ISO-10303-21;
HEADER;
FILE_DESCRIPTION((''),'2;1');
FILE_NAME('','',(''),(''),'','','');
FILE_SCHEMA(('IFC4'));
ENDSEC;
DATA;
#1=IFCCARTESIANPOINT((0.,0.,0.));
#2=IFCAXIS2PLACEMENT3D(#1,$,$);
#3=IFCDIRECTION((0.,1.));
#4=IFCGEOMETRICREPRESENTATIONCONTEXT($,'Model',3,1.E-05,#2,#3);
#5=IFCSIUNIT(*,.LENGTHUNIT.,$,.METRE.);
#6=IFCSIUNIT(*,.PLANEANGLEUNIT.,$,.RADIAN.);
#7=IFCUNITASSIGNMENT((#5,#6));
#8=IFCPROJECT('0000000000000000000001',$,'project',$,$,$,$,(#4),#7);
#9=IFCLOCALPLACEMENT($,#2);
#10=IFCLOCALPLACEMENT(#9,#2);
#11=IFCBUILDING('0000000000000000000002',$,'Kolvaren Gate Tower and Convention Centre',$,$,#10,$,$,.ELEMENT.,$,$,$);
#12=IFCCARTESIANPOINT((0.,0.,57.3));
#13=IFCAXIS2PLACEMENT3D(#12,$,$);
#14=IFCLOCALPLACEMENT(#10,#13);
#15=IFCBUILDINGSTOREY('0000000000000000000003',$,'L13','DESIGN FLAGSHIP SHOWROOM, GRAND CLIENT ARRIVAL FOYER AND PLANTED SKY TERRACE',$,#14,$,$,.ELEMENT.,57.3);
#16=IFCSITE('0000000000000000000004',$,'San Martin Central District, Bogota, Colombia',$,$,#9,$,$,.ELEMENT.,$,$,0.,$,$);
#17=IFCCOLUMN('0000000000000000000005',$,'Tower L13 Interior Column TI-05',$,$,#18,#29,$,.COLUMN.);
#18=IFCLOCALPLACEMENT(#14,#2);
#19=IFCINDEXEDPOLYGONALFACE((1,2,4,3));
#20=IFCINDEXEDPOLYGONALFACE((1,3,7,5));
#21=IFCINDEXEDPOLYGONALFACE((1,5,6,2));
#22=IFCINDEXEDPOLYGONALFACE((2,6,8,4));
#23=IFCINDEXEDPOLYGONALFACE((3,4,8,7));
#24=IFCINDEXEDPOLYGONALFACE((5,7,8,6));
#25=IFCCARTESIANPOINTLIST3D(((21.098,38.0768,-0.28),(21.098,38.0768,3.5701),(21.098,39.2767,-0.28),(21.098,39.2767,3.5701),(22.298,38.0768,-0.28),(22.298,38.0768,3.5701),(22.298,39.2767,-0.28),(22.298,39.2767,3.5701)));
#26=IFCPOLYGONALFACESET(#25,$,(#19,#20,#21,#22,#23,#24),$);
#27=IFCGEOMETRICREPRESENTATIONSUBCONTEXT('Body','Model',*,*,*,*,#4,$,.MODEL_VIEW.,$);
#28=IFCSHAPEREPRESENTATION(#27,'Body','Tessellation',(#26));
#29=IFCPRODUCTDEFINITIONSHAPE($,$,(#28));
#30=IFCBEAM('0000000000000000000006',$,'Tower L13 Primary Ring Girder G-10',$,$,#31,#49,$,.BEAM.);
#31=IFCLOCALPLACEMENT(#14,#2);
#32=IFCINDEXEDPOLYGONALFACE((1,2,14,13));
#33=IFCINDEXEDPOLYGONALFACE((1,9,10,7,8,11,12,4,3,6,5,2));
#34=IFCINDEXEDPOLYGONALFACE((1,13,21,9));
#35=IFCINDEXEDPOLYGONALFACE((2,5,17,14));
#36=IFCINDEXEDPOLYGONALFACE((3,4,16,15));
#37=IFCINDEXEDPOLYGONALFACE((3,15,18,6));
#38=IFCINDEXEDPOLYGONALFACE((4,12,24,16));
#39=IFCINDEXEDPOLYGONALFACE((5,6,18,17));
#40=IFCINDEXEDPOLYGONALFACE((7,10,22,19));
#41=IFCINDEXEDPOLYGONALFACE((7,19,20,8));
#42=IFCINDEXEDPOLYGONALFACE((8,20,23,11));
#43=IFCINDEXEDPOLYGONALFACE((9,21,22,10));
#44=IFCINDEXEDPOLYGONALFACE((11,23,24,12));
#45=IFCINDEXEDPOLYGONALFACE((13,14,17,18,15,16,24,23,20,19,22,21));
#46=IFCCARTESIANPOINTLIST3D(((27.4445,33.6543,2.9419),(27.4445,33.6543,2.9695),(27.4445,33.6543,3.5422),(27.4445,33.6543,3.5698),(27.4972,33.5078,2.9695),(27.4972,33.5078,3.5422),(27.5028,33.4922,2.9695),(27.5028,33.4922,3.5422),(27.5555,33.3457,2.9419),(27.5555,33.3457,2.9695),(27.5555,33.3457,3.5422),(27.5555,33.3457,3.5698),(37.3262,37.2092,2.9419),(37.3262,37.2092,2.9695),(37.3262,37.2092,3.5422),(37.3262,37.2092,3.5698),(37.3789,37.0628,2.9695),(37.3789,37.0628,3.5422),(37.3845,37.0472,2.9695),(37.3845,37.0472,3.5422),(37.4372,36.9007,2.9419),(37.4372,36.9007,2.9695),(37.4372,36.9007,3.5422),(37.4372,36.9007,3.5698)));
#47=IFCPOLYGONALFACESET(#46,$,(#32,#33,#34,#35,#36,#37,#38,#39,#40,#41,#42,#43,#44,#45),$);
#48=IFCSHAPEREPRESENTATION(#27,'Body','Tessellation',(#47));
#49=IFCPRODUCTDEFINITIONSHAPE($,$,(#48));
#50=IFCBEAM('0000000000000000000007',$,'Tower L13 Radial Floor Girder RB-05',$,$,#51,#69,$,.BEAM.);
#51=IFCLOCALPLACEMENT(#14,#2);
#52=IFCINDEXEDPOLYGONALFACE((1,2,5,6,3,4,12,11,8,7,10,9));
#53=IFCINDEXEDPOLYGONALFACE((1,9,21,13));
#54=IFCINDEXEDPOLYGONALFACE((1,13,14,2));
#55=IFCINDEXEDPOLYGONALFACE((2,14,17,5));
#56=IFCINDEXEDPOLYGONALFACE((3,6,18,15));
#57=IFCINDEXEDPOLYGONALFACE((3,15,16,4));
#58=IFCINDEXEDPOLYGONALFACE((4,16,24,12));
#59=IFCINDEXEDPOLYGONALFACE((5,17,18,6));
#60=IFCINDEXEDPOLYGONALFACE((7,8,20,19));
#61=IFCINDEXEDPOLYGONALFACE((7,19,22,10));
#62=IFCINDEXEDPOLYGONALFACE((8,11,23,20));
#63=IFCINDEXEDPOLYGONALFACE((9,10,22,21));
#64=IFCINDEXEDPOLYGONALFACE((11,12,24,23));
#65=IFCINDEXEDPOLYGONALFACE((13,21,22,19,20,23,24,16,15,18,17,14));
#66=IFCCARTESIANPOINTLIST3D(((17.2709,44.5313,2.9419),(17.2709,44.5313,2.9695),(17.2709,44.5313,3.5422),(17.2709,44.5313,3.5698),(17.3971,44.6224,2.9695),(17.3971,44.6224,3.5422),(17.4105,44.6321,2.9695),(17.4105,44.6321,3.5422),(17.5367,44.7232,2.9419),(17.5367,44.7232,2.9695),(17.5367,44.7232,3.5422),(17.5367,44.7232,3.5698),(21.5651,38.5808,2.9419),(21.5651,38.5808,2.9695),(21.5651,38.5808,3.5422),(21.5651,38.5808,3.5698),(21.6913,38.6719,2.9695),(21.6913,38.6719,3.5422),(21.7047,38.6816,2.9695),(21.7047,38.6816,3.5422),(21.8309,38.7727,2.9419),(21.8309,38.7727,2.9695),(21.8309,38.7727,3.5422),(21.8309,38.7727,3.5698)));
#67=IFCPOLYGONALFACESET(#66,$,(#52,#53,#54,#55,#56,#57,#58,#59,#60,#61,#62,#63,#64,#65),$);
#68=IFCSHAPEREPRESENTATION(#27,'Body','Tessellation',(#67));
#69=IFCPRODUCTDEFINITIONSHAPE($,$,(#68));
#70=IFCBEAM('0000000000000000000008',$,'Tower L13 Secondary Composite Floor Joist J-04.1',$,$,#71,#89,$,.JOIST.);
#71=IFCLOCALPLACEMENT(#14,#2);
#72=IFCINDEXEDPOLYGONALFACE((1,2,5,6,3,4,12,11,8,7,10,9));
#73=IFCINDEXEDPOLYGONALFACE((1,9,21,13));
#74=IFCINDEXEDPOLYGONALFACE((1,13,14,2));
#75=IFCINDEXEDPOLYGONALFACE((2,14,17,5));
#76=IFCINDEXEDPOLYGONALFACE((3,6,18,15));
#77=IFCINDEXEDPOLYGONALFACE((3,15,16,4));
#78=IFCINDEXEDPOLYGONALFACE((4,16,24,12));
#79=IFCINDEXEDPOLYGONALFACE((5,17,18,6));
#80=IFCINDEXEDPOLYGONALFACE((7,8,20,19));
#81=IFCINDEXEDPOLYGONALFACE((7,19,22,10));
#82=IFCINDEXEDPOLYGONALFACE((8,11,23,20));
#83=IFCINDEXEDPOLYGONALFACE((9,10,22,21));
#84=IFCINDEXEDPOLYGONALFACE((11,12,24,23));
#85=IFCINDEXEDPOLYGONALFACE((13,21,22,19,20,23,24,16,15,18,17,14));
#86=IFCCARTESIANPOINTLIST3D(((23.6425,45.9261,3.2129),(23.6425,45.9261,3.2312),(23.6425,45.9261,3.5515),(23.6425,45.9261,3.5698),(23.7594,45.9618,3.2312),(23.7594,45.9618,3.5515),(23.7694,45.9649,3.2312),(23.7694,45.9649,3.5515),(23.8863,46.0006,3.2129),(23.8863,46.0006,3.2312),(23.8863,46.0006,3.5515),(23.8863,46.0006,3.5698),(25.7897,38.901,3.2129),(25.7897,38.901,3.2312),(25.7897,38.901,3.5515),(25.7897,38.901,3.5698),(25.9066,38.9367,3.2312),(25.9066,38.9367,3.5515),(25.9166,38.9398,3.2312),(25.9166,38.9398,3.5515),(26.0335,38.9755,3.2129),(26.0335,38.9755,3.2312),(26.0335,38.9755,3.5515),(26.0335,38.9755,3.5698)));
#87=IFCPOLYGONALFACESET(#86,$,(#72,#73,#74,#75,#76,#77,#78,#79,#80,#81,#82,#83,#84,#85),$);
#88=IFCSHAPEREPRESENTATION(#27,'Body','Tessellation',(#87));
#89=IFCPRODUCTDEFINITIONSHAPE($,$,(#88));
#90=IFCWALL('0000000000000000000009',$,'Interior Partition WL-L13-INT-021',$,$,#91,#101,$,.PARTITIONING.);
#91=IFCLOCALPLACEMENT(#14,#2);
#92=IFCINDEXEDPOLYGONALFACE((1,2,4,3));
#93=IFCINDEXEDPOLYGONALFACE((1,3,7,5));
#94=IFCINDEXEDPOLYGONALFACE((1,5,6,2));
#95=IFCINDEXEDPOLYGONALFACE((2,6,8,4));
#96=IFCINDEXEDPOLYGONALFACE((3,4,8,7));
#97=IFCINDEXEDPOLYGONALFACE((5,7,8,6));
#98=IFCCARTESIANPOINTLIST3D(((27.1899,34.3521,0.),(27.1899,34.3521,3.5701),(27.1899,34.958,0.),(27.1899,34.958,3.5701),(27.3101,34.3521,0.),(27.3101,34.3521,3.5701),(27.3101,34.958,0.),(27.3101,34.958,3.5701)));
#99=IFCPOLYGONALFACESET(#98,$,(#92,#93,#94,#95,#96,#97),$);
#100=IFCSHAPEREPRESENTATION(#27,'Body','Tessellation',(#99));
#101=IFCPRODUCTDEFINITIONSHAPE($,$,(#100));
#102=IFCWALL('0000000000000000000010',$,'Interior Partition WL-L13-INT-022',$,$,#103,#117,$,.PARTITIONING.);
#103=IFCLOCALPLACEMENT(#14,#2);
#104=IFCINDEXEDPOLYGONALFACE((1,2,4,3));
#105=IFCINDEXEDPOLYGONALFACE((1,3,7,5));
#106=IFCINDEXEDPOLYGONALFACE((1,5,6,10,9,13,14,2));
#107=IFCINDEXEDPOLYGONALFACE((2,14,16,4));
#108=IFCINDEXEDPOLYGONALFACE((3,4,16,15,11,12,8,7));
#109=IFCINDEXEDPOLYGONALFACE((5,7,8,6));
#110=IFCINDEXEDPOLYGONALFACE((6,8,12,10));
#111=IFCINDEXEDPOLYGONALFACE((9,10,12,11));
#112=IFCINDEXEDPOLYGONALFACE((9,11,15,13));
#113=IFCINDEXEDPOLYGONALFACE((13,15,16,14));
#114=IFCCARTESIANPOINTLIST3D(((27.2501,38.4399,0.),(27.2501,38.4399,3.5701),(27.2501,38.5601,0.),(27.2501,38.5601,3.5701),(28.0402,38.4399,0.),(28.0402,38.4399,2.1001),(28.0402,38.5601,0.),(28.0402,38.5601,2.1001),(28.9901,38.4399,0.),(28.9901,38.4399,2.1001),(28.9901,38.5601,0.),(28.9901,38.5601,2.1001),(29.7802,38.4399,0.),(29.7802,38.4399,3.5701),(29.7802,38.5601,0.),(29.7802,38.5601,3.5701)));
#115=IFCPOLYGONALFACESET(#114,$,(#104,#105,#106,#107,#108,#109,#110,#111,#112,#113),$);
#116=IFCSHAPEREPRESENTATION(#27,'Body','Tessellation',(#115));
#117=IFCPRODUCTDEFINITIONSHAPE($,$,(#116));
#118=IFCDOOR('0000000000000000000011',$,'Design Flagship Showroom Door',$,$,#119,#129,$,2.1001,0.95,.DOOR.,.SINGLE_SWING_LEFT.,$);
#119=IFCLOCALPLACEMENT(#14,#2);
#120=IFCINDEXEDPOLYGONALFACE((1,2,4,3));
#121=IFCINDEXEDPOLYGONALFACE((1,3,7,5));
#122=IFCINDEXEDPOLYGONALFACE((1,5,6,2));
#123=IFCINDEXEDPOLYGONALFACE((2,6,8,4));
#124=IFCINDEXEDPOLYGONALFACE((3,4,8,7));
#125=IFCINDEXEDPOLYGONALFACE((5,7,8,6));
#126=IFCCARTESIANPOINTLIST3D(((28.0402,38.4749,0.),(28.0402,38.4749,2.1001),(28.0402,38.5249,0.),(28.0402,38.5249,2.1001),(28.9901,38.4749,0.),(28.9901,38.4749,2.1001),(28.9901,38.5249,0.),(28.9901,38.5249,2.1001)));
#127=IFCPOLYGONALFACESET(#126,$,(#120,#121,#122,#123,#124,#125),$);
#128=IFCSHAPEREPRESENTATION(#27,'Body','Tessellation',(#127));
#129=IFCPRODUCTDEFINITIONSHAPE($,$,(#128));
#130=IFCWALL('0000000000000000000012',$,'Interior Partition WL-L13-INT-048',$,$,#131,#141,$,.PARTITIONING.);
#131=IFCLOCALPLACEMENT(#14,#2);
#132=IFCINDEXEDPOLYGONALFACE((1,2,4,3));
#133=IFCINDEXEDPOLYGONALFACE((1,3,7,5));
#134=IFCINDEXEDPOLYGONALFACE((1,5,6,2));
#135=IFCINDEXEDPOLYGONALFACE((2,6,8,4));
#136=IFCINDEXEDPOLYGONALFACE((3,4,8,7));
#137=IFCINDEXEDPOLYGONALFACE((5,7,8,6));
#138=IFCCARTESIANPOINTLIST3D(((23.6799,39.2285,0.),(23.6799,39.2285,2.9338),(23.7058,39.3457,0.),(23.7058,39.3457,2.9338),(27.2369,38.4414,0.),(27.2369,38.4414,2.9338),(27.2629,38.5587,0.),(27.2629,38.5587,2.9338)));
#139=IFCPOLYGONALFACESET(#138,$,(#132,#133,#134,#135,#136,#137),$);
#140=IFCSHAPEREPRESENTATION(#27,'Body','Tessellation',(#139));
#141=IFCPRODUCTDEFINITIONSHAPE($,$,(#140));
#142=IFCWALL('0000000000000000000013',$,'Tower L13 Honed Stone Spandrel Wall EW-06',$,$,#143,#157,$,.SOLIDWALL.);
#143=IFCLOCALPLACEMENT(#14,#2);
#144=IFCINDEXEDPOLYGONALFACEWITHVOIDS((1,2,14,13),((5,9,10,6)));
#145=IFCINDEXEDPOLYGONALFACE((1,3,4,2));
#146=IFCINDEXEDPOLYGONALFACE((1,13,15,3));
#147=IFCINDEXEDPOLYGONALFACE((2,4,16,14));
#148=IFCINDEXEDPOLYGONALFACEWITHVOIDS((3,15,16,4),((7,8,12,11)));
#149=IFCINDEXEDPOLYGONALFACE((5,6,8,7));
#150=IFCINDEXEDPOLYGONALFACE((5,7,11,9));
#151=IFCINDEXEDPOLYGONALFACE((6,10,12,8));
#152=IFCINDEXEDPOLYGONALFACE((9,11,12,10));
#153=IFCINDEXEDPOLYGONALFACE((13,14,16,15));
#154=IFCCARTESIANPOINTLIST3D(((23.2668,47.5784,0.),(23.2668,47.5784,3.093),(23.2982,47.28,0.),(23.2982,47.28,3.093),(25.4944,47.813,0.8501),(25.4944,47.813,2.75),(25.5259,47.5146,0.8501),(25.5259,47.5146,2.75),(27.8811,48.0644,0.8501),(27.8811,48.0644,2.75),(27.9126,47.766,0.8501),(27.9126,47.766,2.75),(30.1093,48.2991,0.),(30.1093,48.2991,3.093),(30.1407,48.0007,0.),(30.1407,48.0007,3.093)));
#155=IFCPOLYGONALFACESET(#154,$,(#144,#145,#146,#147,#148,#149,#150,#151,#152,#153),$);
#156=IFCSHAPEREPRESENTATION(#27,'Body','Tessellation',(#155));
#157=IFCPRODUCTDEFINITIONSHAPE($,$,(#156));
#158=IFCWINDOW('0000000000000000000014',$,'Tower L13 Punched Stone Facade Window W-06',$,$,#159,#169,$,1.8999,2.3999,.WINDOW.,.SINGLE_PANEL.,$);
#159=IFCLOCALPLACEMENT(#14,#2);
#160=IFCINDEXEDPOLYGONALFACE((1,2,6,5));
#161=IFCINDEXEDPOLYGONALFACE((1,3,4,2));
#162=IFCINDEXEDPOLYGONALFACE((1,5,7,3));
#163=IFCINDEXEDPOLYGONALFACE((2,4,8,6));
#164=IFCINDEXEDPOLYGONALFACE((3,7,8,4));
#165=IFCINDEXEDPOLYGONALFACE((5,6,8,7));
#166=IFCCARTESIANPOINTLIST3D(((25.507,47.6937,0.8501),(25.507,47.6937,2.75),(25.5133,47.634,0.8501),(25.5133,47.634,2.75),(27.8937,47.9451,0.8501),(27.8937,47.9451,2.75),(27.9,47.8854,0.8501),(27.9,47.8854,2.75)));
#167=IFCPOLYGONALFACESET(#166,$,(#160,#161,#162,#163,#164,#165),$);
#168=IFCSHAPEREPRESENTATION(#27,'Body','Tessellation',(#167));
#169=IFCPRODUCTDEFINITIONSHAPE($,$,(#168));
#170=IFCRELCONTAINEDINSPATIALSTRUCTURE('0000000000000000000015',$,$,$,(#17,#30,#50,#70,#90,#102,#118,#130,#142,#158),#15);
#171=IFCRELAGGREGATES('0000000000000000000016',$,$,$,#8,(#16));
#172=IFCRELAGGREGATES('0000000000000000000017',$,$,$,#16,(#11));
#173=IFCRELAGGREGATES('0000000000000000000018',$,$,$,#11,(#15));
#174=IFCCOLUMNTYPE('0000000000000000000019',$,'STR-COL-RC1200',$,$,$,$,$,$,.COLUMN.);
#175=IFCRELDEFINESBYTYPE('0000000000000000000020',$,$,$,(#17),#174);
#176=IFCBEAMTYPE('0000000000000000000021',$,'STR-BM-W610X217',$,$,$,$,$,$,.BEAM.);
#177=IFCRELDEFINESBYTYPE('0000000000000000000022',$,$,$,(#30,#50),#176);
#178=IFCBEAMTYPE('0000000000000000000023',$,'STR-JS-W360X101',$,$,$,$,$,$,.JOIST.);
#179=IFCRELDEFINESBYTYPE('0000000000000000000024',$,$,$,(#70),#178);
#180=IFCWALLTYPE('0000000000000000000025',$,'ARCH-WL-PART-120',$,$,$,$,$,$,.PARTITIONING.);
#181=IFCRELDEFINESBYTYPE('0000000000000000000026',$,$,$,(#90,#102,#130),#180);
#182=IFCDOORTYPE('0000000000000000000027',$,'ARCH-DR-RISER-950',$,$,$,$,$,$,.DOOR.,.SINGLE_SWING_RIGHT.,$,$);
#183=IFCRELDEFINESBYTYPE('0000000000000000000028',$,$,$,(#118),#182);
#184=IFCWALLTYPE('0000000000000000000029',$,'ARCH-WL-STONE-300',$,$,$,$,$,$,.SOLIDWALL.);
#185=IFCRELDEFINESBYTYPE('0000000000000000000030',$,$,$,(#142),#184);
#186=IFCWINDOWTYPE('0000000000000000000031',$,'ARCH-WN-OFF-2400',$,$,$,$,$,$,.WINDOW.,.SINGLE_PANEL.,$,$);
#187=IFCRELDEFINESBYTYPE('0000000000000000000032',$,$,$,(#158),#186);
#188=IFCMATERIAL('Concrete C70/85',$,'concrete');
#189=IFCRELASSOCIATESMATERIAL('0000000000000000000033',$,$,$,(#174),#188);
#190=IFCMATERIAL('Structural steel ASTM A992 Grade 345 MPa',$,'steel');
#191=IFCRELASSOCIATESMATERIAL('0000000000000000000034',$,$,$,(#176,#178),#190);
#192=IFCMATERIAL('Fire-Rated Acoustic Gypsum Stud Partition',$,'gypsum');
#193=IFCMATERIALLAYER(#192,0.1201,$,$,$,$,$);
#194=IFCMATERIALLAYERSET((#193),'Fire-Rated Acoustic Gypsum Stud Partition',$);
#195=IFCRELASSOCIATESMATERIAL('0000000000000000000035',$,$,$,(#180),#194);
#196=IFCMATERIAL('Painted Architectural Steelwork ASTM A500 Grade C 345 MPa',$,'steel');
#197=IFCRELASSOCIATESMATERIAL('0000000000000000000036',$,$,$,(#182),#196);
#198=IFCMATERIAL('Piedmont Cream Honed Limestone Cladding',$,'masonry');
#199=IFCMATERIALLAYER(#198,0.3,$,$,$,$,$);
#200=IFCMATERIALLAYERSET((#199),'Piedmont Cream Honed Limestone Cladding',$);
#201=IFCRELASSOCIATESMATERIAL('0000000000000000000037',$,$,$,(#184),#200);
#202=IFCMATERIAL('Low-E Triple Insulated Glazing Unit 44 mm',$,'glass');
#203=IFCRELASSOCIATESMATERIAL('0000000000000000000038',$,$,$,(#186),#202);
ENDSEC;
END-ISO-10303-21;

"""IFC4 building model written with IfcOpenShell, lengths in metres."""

from ifc_helpers import new_model, si_unit, direction, frame, frame_2d, origin, origin_2d, place, context, subcontext, project, spatial, rectangle, i_section, extrude, material, layer, layer_set, material_profile, profile_set, type_object, element, fill, save


model = new_model("IFC4")

# Units and contexts
model_context = context("Model", 3, precision=1e-05, world=origin(), true_north=direction((0.0, 1.0)))
body_context = subcontext(model_context, "Body", "Model", "MODEL_VIEW")
ifc_project = project(units=[si_unit("LENGTHUNIT", "METRE"), si_unit("PLANEANGLEUNIT", "RADIAN")], contexts=[model_context])

# Site, building, storey
site_placement = place(None, origin())
site = spatial("IfcSite", under=ifc_project, at=site_placement, Name="San Martin Central District, Bogota, Colombia", CompositionType="ELEMENT", RefElevation=0.0)
building_placement = place(site_placement, origin())
building = spatial("IfcBuilding", under=site, at=building_placement, Name="Kolvaren Gate Tower and Convention Centre", CompositionType="ELEMENT")
storey_placement = place(building_placement, frame((0.0, 0.0, 57.3)))
storey = spatial("IfcBuildingStorey", under=building, at=storey_placement, Name="L13", Description="DESIGN FLAGSHIP SHOWROOM, GRAND CLIENT ARRIVAL FOYER AND PLANTED SKY TERRACE", CompositionType="ELEMENT", Elevation=57.3)

# Column
ifc_material_1 = material(Name="Concrete C70/85", Category="concrete")
ifc_material_profile_1 = material_profile(ifc_material_1, rectangle(XDim=1.2, YDim=1.2, at=origin_2d()), Name="RC-COL-1200X1200")
ifc_profile_set_1 = profile_set([ifc_material_profile_1], Name="Concrete C70/85")
column_type = type_object("IfcColumnType", Name="STR-COL-RC1200", PredefinedType="COLUMN", material=ifc_profile_set_1)
column_placement = place(storey_placement, frame((21.698, 38.6768, -0.28), z_axis=(0.0, 0.0, 1.0), x_axis=(1.0, 0.0, 0.0)))
element("IfcColumn", 1, at=column_placement, inside=storey, type_object=column_type, Name="Tower L13 Interior Column TI-05", PredefinedType="COLUMN", context=body_context, shape_type="SweptSolid", body=[
    extrude(rectangle(XDim=1.2, YDim=1.2, at=origin_2d()), origin(), (0.0, 0.0, 1.0), 3.8501),
])

# Beams
ifc_material_2 = material(Name="Structural steel ASTM A992 Grade 345 MPa", Category="steel")
ifc_material_profile_2 = material_profile(ifc_material_2, i_section(OverallWidth=0.3279, OverallDepth=0.6279, WebThickness=0.0166, FlangeThickness=0.0276, at=origin_2d()), Name="W610X217")
ifc_profile_set_2 = profile_set([ifc_material_profile_2], Name="Structural steel ASTM A992 Grade 345 MPa")
beam_type_1 = type_object("IfcBeamType", Name="STR-BM-W610X217", PredefinedType="BEAM", material=ifc_profile_set_2)
beam_1_placement = place(storey_placement, frame((27.5, 33.5, 3.2559), z_axis=(0.940961, 0.338514, 0.0), x_axis=(-0.338514, 0.940961, 0.0)))
element("IfcBeam", 2, at=beam_1_placement, inside=storey, type_object=beam_type_1, Name="Tower L13 Primary Ring Girder G-10", PredefinedType="BEAM", context=body_context, shape_type="SweptSolid", body=[
    extrude(i_section(OverallWidth=0.3279, OverallDepth=0.6279, WebThickness=0.0166, FlangeThickness=0.0276, at=origin_2d()), origin(), (0.0, 0.0, 1.0), 10.5017),
])
beam_2_placement = place(storey_placement, frame((21.698, 38.6768, 3.2559), z_axis=(-0.58519, 0.810896, 0.0), x_axis=(-0.810896, -0.58519, 0.0)))
element("IfcBeam", 3, at=beam_2_placement, inside=storey, type_object=beam_type_1, Name="Tower L13 Radial Floor Girder RB-05", PredefinedType="BEAM", context=body_context, shape_type="SweptSolid", body=[
    extrude(i_section(OverallWidth=0.3279, OverallDepth=0.6279, WebThickness=0.0166, FlangeThickness=0.0276, at=origin_2d()), origin(), (0.0, 0.0, 1.0), 7.3381),
])
ifc_material_profile_3 = material_profile(ifc_material_2, i_section(OverallWidth=0.2549, OverallDepth=0.3569, WebThickness=0.0105, FlangeThickness=0.0183, at=origin_2d()), Name="W360X101")
ifc_profile_set_3 = profile_set([ifc_material_profile_3], Name="Structural steel ASTM A992 Grade 345 MPa")
beam_type_2 = type_object("IfcBeamType", Name="STR-JS-W360X101", PredefinedType="JOIST", material=ifc_profile_set_3)
beam_3_placement = place(storey_placement, frame((25.9116, 38.9382, 3.3914), z_axis=(-0.292299, 0.956327, 0.0), x_axis=(-0.956327, -0.292299, 0.0)))
element("IfcBeam", 4, at=beam_3_placement, inside=storey, type_object=beam_type_2, Name="Tower L13 Secondary Composite Floor Joist J-04.1", PredefinedType="JOIST", context=body_context, shape_type="SweptSolid", body=[
    extrude(i_section(OverallWidth=0.2549, OverallDepth=0.3569, WebThickness=0.0105, FlangeThickness=0.0183, at=origin_2d()), origin(), (0.0, 0.0, 1.0), 7.3459),
])

# Wall
ifc_material_3 = material(Name="Fire-Rated Acoustic Gypsum Stud Partition", Category="gypsum")
ifc_layer_1 = layer(ifc_material_3, 0.1201)
ifc_layer_set_1 = layer_set([ifc_layer_1], Name="Fire-Rated Acoustic Gypsum Stud Partition")
wall_type_1 = type_object("IfcWallType", Name="ARCH-WL-PART-120", PredefinedType="PARTITIONING", material=ifc_layer_set_1)
wall_1_placement = place(storey_placement, frame((27.25, 34.3521, 0.0), z_axis=(0.0, 0.0, 1.0), x_axis=(0.0, 1.0, 0.0)))
element("IfcWall", 5, at=wall_1_placement, inside=storey, type_object=wall_type_1, Name="Interior Partition WL-L13-INT-021", PredefinedType="PARTITIONING", context=body_context, shape_type="SweptSolid", body=[
    extrude(rectangle(XDim=0.606, YDim=0.1201, at=frame_2d((0.303, 0.0))), origin(), (0.0, 0.0, 1.0), 3.5701),
])

# Wall, opening, door
wall_2_placement = place(storey_placement, frame((27.25, 38.5, 0.0), z_axis=(0.0, 0.0, 1.0), x_axis=(1.0, 0.0, 0.0)))
wall_2 = element("IfcWall", 6, at=wall_2_placement, inside=storey, type_object=wall_type_1, Name="Interior Partition WL-L13-INT-022", PredefinedType="PARTITIONING", context=body_context, shape_type="SweptSolid", body=[
    extrude(rectangle(XDim=2.53, YDim=0.1201, at=frame_2d((1.2651, 0.0))), origin(), (0.0, 0.0, 1.0), 3.5701),
])
opening_1_placement = place(wall_2_placement, frame((0.79, 0.0, 0.0)))
opening_1 = element("IfcOpeningElement", 7, at=opening_1_placement, cuts=wall_2, PredefinedType="OPENING", context=body_context, shape_type="SweptSolid", body=[
    extrude(rectangle(XDim=0.95, YDim=2.1001, at=frame_2d((0.4751, 1.05))), frame((0.0, 0.0701, 0.0), z_axis=(0.0, -1.0, 0.0), x_axis=(1.0, 0.0, 0.0)), (0.0, 0.0, 1.0), 0.1401),
])
ifc_material_4 = material(Name="Painted Architectural Steelwork ASTM A500 Grade C 345 MPa", Category="steel")
door_type_1 = type_object("IfcDoorType", Name="ARCH-DR-RISER-950", OperationType="SINGLE_SWING_RIGHT", PredefinedType="DOOR", material=ifc_material_4)
door_1_placement = place(opening_1_placement, origin())
door_1 = element("IfcDoor", 8, at=door_1_placement, inside=storey, type_object=door_type_1, Name="Design Flagship Showroom Door", OperationType="SINGLE_SWING_LEFT", OverallHeight=2.1001, OverallWidth=0.95, PredefinedType="DOOR", context=body_context, shape_type="SweptSolid", body=[
    extrude(rectangle(XDim=0.95, YDim=2.1001, at=frame_2d((0.4751, 1.05))), frame((0.0, 0.0249, 0.0), z_axis=(0.0, -1.0, 0.0), x_axis=(1.0, 0.0, 0.0)), (0.0, 0.0, 1.0), 0.05),
])
fill(opening_1, door_1)

# Wall
wall_3_placement = place(storey_placement, frame((23.6929, 39.2871, 0.0), z_axis=(0.0, 0.0, 1.0), x_axis=(0.976382, -0.216051, 0.0)))
element("IfcWall", 9, at=wall_3_placement, inside=storey, type_object=wall_type_1, Name="Interior Partition WL-L13-INT-048", PredefinedType="PARTITIONING", context=body_context, shape_type="SweptSolid", body=[
    extrude(rectangle(XDim=3.6431, YDim=0.1201, at=frame_2d((1.8215, 0.0))), origin(), (0.0, 0.0, 1.0), 2.9338),
])

# Wall, opening, window
ifc_material_5 = material(Name="Piedmont Cream Honed Limestone Cladding", Category="masonry")
ifc_layer_2 = layer(ifc_material_5, 0.3)
ifc_layer_set_2 = layer_set([ifc_layer_2], Name="Piedmont Cream Honed Limestone Cladding")
wall_type_2 = type_object("IfcWallType", Name="ARCH-WL-STONE-300", PredefinedType="SOLIDWALL", material=ifc_layer_set_2)
wall_4_placement = place(storey_placement, frame((23.2825, 47.4292, 0.0), z_axis=(0.0, 0.0, 1.0), x_axis=(0.994499, 0.104748, 0.0)))
wall_4 = element("IfcWall", 10, at=wall_4_placement, inside=storey, type_object=wall_type_2, Name="Tower L13 Honed Stone Spandrel Wall EW-06", PredefinedType="SOLIDWALL", context=body_context, shape_type="SweptSolid", body=[
    extrude(rectangle(XDim=6.8804, YDim=0.3, at=frame_2d((3.4402, 0.0))), origin(), (0.0, 0.0, 1.0), 3.093),
])
opening_2_placement = place(wall_4_placement, frame((2.24, 0.0, 0.8501)))
opening_2 = element("IfcOpeningElement", 11, at=opening_2_placement, cuts=wall_4, PredefinedType="OPENING", context=body_context, shape_type="SweptSolid", body=[
    extrude(rectangle(XDim=2.3999, YDim=1.8999, at=frame_2d((1.2, 0.95))), frame((0.0, 0.1599, 0.0), z_axis=(0.0, -1.0, 0.0), x_axis=(1.0, 0.0, 0.0)), (0.0, 0.0, 1.0), 0.3201),
])
ifc_material_6 = material(Name="Low-E Triple Insulated Glazing Unit 44 mm", Category="glass")
window_type = type_object("IfcWindowType", Name="ARCH-WN-OFF-2400", PartitioningType="SINGLE_PANEL", PredefinedType="WINDOW", material=ifc_material_6)
window_placement = place(opening_2_placement, origin())
window = element("IfcWindow", 12, at=window_placement, inside=storey, type_object=window_type, Name="Tower L13 Punched Stone Facade Window W-06", OverallHeight=1.8999, OverallWidth=2.3999, PartitioningType="SINGLE_PANEL", PredefinedType="WINDOW", context=body_context, shape_type="SweptSolid", body=[
    extrude(rectangle(XDim=2.3999, YDim=1.8999, at=frame_2d((1.2, 0.95))), frame((0.0, 0.03, 0.0), z_axis=(0.0, -1.0, 0.0), x_axis=(1.0, 0.0, 0.0)), (0.0, 0.0, 1.0), 0.0601),
])
fill(opening_2, window)

save(model, "model.ifc")
